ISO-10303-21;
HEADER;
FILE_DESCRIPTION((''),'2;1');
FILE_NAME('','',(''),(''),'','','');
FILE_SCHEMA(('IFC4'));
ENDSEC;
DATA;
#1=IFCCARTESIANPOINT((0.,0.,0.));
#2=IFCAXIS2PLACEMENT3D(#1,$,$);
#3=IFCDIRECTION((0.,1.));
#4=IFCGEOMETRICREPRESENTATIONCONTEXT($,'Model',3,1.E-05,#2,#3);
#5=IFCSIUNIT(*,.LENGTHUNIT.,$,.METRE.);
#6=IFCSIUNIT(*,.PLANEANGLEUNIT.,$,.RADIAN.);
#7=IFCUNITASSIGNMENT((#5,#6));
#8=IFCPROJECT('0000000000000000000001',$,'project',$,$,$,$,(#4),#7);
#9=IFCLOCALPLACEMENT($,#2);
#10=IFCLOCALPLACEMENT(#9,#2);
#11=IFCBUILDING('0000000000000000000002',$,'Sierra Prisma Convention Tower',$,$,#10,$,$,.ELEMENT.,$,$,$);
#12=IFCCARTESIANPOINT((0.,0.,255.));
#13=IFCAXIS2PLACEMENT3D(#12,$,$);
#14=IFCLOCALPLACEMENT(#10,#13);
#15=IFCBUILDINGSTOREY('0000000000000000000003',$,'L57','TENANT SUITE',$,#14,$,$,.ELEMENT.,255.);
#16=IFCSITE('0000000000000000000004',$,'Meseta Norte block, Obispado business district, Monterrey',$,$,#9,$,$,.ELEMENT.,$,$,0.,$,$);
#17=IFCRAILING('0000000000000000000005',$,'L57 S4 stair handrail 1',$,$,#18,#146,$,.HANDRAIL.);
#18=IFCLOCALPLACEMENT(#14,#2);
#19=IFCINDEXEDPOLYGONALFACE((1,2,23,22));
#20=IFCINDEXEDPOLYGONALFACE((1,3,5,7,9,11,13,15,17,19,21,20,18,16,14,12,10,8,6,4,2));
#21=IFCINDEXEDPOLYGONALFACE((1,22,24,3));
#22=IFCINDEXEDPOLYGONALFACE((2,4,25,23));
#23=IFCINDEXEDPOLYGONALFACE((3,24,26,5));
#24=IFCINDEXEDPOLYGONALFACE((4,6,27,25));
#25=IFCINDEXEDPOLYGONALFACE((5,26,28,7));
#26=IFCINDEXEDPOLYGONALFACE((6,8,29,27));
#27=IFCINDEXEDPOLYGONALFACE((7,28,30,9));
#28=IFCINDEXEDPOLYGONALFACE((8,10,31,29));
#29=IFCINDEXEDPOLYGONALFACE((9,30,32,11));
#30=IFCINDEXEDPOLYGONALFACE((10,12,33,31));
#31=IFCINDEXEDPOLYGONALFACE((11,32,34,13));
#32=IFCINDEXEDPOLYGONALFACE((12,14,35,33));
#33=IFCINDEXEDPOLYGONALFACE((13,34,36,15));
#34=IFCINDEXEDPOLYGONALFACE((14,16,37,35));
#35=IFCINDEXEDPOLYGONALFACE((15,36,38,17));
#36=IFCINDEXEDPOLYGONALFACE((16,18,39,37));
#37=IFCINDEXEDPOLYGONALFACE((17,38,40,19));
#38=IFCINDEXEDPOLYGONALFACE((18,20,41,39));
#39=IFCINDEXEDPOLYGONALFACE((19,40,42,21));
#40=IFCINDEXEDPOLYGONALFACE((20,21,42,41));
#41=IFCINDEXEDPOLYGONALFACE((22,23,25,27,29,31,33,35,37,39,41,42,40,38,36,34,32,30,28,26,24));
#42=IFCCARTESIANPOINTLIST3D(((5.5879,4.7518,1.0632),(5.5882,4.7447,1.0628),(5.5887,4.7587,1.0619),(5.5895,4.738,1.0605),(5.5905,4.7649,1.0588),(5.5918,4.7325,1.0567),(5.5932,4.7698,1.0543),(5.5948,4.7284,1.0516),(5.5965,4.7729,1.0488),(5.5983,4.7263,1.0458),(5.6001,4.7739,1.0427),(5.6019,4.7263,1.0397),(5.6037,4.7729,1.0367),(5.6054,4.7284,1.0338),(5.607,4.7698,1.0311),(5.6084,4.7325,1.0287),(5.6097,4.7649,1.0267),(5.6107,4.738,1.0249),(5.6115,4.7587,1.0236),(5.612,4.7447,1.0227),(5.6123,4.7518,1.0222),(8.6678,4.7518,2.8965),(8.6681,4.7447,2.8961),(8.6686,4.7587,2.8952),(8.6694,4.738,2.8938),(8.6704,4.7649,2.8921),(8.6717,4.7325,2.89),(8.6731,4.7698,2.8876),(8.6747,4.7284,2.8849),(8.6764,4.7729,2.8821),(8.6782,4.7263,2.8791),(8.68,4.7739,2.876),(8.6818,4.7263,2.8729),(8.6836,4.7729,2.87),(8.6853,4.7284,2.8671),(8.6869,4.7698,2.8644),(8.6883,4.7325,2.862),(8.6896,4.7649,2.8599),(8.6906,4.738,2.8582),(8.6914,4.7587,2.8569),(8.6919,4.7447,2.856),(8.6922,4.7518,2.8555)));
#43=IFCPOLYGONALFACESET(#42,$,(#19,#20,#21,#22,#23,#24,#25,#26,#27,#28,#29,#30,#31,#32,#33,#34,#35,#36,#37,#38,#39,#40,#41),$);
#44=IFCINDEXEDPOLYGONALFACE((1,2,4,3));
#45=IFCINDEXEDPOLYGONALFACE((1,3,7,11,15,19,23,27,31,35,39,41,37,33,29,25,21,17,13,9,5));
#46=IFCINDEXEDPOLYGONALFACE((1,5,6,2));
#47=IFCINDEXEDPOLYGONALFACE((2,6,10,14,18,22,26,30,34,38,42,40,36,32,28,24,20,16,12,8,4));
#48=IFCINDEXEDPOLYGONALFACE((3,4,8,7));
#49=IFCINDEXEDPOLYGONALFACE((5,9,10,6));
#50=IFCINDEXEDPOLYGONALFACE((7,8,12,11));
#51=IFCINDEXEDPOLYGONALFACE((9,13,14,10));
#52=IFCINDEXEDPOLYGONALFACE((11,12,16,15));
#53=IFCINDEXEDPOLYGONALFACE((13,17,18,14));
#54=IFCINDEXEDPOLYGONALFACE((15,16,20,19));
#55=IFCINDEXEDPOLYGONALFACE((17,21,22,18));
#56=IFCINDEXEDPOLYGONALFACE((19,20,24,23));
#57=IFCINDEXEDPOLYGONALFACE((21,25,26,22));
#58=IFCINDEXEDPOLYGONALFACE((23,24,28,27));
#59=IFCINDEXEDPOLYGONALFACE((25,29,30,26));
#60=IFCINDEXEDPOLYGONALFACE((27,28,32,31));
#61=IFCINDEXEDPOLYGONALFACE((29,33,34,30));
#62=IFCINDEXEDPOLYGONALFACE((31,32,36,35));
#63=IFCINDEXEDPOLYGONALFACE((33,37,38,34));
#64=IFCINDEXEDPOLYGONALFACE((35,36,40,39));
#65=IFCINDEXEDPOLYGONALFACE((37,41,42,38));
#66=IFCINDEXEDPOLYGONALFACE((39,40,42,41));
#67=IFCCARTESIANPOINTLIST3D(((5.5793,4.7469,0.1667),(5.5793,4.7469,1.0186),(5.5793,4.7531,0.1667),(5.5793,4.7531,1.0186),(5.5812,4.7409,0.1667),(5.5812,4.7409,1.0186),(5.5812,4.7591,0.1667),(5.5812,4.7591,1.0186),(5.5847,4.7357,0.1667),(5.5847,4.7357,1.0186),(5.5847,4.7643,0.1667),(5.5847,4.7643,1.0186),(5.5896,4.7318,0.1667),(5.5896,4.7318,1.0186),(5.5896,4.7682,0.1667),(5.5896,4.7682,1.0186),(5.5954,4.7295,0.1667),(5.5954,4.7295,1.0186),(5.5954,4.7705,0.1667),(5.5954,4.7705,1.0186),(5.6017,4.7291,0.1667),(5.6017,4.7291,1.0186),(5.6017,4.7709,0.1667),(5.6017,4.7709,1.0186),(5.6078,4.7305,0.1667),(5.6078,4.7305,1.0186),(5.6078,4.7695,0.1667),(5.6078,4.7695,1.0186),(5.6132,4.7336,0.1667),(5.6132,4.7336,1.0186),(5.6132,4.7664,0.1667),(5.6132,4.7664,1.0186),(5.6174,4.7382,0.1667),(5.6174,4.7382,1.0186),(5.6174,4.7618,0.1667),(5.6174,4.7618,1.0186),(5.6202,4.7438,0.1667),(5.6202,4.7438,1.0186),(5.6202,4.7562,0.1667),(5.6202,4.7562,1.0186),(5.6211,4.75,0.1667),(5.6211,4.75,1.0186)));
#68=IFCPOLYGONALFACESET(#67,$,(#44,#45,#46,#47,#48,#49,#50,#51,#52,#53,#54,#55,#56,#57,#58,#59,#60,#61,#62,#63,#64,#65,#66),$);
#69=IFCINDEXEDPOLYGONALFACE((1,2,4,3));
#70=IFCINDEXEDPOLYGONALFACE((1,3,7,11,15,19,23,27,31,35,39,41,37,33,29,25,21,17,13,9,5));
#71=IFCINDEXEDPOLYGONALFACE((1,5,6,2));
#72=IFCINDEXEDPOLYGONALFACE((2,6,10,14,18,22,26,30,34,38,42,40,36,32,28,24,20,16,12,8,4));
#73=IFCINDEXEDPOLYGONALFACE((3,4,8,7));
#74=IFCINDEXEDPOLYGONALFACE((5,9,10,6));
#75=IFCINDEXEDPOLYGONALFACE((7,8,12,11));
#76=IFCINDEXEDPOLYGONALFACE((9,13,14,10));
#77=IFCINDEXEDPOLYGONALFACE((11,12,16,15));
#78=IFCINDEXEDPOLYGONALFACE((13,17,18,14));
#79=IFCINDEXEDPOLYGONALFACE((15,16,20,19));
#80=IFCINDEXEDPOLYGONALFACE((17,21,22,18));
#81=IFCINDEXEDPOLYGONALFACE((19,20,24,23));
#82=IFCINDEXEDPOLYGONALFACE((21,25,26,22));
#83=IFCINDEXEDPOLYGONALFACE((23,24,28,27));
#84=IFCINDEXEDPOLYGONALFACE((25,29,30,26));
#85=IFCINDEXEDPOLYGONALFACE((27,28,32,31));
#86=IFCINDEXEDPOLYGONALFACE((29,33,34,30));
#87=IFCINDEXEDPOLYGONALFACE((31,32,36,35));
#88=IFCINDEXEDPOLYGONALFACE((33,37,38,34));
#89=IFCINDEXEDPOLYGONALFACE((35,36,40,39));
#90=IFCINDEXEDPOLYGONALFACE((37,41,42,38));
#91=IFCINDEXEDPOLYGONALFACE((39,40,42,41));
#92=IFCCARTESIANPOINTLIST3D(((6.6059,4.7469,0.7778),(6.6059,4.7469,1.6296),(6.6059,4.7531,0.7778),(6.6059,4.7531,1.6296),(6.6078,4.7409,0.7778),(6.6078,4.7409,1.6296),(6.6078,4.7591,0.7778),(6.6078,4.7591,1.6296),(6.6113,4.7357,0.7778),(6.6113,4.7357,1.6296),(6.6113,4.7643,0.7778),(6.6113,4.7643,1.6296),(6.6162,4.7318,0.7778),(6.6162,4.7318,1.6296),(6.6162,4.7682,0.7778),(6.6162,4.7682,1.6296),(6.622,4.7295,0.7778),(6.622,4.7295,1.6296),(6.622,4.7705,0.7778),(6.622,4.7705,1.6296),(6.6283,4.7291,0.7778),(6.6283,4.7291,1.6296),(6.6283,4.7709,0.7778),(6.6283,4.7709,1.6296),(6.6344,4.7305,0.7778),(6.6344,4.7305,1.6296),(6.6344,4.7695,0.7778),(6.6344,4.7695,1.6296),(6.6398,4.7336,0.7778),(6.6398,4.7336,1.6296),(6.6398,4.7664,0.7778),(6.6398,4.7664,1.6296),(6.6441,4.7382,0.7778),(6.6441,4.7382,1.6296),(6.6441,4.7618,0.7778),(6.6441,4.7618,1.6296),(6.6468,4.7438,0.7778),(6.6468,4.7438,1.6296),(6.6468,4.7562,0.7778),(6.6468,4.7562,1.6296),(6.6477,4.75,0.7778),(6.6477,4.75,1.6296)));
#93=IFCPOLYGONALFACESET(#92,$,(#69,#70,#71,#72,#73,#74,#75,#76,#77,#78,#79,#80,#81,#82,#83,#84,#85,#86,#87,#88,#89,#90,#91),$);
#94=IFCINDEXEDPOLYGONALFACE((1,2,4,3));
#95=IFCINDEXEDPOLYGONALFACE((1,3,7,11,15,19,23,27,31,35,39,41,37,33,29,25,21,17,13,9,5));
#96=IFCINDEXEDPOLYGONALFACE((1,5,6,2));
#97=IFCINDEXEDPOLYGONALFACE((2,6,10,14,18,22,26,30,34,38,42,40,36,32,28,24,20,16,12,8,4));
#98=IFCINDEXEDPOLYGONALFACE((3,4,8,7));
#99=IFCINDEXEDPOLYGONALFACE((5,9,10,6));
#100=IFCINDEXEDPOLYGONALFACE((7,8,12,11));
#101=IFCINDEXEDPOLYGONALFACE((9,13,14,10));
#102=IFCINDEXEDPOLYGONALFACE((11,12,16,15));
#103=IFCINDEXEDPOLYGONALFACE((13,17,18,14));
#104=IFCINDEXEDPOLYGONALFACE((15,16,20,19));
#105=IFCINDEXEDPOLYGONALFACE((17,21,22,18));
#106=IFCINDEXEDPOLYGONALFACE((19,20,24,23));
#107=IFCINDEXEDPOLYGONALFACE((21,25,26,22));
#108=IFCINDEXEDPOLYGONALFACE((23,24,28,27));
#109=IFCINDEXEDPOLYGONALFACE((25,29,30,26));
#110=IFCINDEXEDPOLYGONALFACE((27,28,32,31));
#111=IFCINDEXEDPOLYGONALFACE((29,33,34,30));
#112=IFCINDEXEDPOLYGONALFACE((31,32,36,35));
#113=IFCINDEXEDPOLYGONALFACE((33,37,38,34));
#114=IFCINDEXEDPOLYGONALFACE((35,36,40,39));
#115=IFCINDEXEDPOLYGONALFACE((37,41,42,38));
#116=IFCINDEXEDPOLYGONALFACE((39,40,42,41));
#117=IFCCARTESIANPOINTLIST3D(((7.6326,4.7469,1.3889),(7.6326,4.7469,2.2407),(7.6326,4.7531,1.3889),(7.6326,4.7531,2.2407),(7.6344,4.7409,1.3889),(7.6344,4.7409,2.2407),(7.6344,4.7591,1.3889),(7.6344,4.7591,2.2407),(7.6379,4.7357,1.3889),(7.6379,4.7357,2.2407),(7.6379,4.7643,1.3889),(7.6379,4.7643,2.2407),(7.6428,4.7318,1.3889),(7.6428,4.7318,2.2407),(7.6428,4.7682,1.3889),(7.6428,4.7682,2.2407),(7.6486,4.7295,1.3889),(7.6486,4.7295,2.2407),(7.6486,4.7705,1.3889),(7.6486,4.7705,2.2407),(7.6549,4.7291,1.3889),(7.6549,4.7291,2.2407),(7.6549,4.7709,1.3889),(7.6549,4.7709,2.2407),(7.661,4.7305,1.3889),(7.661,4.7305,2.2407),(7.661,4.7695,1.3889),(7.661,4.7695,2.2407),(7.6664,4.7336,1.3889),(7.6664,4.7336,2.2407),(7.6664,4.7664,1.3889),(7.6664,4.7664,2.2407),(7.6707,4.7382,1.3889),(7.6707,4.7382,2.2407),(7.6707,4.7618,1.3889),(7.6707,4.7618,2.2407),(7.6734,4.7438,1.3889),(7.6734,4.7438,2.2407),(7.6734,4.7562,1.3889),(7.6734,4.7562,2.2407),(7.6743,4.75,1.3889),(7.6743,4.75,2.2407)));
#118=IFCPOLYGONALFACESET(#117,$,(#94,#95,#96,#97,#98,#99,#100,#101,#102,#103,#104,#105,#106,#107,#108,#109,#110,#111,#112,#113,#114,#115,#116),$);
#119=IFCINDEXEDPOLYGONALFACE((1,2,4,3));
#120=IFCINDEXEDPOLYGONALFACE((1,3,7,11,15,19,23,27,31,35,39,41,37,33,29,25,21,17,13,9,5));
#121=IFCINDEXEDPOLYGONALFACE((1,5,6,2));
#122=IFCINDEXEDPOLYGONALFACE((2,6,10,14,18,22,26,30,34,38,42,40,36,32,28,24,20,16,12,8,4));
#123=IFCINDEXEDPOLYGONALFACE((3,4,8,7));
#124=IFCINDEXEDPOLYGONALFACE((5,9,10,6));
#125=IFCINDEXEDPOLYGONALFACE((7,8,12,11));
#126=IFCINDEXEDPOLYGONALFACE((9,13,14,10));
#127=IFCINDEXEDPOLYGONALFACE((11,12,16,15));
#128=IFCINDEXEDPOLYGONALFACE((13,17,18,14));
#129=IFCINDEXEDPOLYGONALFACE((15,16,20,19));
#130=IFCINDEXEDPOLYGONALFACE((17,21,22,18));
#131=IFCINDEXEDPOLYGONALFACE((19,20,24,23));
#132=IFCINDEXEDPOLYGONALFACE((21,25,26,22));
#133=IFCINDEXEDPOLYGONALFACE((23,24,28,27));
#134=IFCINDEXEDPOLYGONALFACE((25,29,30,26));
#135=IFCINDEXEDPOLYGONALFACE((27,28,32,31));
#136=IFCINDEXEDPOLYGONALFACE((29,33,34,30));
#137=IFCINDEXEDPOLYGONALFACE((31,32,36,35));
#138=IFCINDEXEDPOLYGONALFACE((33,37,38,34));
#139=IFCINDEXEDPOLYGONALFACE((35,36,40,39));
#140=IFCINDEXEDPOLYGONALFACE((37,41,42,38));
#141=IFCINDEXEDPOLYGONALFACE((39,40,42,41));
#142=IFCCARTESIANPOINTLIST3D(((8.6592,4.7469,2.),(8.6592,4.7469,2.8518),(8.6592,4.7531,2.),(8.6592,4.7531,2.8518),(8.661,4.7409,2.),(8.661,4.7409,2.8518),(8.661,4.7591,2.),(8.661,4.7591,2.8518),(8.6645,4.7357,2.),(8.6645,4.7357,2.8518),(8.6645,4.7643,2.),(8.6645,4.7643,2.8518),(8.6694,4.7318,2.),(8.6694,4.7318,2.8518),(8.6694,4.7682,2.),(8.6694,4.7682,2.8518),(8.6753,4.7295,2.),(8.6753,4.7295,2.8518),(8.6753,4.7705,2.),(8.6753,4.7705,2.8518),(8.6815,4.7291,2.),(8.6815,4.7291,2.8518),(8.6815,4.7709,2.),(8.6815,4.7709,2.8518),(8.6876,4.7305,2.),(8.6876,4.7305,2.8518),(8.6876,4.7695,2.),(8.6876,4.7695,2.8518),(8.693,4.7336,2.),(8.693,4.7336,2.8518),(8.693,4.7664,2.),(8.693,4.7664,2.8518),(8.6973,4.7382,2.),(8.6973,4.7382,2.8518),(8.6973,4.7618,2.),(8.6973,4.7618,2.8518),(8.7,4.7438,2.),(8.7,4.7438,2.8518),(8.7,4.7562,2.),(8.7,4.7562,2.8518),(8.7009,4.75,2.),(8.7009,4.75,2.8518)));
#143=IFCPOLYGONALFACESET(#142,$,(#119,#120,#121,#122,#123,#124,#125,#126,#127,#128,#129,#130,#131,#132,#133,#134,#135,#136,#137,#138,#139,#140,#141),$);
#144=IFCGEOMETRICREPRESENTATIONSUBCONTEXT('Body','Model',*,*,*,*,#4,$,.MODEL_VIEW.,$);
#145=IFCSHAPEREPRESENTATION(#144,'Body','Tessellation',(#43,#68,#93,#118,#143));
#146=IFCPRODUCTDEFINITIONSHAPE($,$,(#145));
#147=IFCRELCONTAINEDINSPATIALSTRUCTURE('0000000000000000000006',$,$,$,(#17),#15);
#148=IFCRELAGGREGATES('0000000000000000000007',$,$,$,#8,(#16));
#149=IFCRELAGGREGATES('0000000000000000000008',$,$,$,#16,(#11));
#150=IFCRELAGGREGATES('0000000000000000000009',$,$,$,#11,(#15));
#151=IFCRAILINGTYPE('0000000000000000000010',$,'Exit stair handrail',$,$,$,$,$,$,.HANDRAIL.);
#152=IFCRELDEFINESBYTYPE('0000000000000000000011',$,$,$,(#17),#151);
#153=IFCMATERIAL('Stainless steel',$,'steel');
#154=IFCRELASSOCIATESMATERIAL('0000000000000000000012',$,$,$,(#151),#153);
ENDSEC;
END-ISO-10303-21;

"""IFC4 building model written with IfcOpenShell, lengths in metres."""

from ifc_helpers import new_model, si_unit, direction, frame, origin, origin_2d, place, context, subcontext, project, spatial, circle, extrude, material, type_object, element, save


model = new_model("IFC4")

# Units and contexts
model_context = context("Model", 3, precision=1e-05, world=origin(), true_north=direction((0.0, 1.0)))
body_context = subcontext(model_context, "Body", "Model", "MODEL_VIEW")
ifc_project = project(units=[si_unit("LENGTHUNIT", "METRE"), si_unit("PLANEANGLEUNIT", "RADIAN")], contexts=[model_context])

# Site, building, storey
site_placement = place(None, origin())
site = spatial("IfcSite", under=ifc_project, at=site_placement, Name="Meseta Norte block, Obispado business district, Monterrey", CompositionType="ELEMENT", RefElevation=0.0)
building_placement = place(site_placement, origin())
building = spatial("IfcBuilding", under=site, at=building_placement, Name="Sierra Prisma Convention Tower", CompositionType="ELEMENT")
storey_placement = place(building_placement, frame((0.0, 0.0, 255.0)))
storey = spatial("IfcBuildingStorey", under=building, at=storey_placement, Name="L57", Description="TENANT SUITE", CompositionType="ELEMENT", Elevation=255.0)

# Railing
ifc_material_1 = material(Name="Stainless steel", Category="steel")
railing_type_1 = type_object("IfcRailingType", Name="Exit stair handrail", PredefinedType="HANDRAIL", material=ifc_material_1)
railing_1_placement = place(storey_placement, frame((5.6001, 4.75, 0.1667)))
element("IfcRailing", 1, at=railing_1_placement, inside=storey, type_object=railing_type_1, Name="L57 S4 stair handrail 1", PredefinedType="HANDRAIL", context=body_context, shape_type="SweptSolid", body=[
    extrude(circle(Radius=0.0239, at=origin_2d()), frame((0.0, 0.0, 0.876), z_axis=(0.859291, 0.0, 0.511487), x_axis=(0.0, 1.0, 0.0)), (0.0, 0.0, 1.0), 3.5842),
    extrude(circle(Radius=0.021, at=origin_2d()), origin(), (0.0, 0.0, 1.0), 0.8518),
    extrude(circle(Radius=0.021, at=origin_2d()), frame((1.0266, 0.0, 0.6111)), (0.0, 0.0, 1.0), 0.8518),
    extrude(circle(Radius=0.021, at=origin_2d()), frame((2.0532, 0.0, 1.2222)), (0.0, 0.0, 1.0), 0.8518),
    extrude(circle(Radius=0.021, at=origin_2d()), frame((3.0798, 0.0, 1.8333)), (0.0, 0.0, 1.0), 0.8518),
])

save(model, "model.ifc")
